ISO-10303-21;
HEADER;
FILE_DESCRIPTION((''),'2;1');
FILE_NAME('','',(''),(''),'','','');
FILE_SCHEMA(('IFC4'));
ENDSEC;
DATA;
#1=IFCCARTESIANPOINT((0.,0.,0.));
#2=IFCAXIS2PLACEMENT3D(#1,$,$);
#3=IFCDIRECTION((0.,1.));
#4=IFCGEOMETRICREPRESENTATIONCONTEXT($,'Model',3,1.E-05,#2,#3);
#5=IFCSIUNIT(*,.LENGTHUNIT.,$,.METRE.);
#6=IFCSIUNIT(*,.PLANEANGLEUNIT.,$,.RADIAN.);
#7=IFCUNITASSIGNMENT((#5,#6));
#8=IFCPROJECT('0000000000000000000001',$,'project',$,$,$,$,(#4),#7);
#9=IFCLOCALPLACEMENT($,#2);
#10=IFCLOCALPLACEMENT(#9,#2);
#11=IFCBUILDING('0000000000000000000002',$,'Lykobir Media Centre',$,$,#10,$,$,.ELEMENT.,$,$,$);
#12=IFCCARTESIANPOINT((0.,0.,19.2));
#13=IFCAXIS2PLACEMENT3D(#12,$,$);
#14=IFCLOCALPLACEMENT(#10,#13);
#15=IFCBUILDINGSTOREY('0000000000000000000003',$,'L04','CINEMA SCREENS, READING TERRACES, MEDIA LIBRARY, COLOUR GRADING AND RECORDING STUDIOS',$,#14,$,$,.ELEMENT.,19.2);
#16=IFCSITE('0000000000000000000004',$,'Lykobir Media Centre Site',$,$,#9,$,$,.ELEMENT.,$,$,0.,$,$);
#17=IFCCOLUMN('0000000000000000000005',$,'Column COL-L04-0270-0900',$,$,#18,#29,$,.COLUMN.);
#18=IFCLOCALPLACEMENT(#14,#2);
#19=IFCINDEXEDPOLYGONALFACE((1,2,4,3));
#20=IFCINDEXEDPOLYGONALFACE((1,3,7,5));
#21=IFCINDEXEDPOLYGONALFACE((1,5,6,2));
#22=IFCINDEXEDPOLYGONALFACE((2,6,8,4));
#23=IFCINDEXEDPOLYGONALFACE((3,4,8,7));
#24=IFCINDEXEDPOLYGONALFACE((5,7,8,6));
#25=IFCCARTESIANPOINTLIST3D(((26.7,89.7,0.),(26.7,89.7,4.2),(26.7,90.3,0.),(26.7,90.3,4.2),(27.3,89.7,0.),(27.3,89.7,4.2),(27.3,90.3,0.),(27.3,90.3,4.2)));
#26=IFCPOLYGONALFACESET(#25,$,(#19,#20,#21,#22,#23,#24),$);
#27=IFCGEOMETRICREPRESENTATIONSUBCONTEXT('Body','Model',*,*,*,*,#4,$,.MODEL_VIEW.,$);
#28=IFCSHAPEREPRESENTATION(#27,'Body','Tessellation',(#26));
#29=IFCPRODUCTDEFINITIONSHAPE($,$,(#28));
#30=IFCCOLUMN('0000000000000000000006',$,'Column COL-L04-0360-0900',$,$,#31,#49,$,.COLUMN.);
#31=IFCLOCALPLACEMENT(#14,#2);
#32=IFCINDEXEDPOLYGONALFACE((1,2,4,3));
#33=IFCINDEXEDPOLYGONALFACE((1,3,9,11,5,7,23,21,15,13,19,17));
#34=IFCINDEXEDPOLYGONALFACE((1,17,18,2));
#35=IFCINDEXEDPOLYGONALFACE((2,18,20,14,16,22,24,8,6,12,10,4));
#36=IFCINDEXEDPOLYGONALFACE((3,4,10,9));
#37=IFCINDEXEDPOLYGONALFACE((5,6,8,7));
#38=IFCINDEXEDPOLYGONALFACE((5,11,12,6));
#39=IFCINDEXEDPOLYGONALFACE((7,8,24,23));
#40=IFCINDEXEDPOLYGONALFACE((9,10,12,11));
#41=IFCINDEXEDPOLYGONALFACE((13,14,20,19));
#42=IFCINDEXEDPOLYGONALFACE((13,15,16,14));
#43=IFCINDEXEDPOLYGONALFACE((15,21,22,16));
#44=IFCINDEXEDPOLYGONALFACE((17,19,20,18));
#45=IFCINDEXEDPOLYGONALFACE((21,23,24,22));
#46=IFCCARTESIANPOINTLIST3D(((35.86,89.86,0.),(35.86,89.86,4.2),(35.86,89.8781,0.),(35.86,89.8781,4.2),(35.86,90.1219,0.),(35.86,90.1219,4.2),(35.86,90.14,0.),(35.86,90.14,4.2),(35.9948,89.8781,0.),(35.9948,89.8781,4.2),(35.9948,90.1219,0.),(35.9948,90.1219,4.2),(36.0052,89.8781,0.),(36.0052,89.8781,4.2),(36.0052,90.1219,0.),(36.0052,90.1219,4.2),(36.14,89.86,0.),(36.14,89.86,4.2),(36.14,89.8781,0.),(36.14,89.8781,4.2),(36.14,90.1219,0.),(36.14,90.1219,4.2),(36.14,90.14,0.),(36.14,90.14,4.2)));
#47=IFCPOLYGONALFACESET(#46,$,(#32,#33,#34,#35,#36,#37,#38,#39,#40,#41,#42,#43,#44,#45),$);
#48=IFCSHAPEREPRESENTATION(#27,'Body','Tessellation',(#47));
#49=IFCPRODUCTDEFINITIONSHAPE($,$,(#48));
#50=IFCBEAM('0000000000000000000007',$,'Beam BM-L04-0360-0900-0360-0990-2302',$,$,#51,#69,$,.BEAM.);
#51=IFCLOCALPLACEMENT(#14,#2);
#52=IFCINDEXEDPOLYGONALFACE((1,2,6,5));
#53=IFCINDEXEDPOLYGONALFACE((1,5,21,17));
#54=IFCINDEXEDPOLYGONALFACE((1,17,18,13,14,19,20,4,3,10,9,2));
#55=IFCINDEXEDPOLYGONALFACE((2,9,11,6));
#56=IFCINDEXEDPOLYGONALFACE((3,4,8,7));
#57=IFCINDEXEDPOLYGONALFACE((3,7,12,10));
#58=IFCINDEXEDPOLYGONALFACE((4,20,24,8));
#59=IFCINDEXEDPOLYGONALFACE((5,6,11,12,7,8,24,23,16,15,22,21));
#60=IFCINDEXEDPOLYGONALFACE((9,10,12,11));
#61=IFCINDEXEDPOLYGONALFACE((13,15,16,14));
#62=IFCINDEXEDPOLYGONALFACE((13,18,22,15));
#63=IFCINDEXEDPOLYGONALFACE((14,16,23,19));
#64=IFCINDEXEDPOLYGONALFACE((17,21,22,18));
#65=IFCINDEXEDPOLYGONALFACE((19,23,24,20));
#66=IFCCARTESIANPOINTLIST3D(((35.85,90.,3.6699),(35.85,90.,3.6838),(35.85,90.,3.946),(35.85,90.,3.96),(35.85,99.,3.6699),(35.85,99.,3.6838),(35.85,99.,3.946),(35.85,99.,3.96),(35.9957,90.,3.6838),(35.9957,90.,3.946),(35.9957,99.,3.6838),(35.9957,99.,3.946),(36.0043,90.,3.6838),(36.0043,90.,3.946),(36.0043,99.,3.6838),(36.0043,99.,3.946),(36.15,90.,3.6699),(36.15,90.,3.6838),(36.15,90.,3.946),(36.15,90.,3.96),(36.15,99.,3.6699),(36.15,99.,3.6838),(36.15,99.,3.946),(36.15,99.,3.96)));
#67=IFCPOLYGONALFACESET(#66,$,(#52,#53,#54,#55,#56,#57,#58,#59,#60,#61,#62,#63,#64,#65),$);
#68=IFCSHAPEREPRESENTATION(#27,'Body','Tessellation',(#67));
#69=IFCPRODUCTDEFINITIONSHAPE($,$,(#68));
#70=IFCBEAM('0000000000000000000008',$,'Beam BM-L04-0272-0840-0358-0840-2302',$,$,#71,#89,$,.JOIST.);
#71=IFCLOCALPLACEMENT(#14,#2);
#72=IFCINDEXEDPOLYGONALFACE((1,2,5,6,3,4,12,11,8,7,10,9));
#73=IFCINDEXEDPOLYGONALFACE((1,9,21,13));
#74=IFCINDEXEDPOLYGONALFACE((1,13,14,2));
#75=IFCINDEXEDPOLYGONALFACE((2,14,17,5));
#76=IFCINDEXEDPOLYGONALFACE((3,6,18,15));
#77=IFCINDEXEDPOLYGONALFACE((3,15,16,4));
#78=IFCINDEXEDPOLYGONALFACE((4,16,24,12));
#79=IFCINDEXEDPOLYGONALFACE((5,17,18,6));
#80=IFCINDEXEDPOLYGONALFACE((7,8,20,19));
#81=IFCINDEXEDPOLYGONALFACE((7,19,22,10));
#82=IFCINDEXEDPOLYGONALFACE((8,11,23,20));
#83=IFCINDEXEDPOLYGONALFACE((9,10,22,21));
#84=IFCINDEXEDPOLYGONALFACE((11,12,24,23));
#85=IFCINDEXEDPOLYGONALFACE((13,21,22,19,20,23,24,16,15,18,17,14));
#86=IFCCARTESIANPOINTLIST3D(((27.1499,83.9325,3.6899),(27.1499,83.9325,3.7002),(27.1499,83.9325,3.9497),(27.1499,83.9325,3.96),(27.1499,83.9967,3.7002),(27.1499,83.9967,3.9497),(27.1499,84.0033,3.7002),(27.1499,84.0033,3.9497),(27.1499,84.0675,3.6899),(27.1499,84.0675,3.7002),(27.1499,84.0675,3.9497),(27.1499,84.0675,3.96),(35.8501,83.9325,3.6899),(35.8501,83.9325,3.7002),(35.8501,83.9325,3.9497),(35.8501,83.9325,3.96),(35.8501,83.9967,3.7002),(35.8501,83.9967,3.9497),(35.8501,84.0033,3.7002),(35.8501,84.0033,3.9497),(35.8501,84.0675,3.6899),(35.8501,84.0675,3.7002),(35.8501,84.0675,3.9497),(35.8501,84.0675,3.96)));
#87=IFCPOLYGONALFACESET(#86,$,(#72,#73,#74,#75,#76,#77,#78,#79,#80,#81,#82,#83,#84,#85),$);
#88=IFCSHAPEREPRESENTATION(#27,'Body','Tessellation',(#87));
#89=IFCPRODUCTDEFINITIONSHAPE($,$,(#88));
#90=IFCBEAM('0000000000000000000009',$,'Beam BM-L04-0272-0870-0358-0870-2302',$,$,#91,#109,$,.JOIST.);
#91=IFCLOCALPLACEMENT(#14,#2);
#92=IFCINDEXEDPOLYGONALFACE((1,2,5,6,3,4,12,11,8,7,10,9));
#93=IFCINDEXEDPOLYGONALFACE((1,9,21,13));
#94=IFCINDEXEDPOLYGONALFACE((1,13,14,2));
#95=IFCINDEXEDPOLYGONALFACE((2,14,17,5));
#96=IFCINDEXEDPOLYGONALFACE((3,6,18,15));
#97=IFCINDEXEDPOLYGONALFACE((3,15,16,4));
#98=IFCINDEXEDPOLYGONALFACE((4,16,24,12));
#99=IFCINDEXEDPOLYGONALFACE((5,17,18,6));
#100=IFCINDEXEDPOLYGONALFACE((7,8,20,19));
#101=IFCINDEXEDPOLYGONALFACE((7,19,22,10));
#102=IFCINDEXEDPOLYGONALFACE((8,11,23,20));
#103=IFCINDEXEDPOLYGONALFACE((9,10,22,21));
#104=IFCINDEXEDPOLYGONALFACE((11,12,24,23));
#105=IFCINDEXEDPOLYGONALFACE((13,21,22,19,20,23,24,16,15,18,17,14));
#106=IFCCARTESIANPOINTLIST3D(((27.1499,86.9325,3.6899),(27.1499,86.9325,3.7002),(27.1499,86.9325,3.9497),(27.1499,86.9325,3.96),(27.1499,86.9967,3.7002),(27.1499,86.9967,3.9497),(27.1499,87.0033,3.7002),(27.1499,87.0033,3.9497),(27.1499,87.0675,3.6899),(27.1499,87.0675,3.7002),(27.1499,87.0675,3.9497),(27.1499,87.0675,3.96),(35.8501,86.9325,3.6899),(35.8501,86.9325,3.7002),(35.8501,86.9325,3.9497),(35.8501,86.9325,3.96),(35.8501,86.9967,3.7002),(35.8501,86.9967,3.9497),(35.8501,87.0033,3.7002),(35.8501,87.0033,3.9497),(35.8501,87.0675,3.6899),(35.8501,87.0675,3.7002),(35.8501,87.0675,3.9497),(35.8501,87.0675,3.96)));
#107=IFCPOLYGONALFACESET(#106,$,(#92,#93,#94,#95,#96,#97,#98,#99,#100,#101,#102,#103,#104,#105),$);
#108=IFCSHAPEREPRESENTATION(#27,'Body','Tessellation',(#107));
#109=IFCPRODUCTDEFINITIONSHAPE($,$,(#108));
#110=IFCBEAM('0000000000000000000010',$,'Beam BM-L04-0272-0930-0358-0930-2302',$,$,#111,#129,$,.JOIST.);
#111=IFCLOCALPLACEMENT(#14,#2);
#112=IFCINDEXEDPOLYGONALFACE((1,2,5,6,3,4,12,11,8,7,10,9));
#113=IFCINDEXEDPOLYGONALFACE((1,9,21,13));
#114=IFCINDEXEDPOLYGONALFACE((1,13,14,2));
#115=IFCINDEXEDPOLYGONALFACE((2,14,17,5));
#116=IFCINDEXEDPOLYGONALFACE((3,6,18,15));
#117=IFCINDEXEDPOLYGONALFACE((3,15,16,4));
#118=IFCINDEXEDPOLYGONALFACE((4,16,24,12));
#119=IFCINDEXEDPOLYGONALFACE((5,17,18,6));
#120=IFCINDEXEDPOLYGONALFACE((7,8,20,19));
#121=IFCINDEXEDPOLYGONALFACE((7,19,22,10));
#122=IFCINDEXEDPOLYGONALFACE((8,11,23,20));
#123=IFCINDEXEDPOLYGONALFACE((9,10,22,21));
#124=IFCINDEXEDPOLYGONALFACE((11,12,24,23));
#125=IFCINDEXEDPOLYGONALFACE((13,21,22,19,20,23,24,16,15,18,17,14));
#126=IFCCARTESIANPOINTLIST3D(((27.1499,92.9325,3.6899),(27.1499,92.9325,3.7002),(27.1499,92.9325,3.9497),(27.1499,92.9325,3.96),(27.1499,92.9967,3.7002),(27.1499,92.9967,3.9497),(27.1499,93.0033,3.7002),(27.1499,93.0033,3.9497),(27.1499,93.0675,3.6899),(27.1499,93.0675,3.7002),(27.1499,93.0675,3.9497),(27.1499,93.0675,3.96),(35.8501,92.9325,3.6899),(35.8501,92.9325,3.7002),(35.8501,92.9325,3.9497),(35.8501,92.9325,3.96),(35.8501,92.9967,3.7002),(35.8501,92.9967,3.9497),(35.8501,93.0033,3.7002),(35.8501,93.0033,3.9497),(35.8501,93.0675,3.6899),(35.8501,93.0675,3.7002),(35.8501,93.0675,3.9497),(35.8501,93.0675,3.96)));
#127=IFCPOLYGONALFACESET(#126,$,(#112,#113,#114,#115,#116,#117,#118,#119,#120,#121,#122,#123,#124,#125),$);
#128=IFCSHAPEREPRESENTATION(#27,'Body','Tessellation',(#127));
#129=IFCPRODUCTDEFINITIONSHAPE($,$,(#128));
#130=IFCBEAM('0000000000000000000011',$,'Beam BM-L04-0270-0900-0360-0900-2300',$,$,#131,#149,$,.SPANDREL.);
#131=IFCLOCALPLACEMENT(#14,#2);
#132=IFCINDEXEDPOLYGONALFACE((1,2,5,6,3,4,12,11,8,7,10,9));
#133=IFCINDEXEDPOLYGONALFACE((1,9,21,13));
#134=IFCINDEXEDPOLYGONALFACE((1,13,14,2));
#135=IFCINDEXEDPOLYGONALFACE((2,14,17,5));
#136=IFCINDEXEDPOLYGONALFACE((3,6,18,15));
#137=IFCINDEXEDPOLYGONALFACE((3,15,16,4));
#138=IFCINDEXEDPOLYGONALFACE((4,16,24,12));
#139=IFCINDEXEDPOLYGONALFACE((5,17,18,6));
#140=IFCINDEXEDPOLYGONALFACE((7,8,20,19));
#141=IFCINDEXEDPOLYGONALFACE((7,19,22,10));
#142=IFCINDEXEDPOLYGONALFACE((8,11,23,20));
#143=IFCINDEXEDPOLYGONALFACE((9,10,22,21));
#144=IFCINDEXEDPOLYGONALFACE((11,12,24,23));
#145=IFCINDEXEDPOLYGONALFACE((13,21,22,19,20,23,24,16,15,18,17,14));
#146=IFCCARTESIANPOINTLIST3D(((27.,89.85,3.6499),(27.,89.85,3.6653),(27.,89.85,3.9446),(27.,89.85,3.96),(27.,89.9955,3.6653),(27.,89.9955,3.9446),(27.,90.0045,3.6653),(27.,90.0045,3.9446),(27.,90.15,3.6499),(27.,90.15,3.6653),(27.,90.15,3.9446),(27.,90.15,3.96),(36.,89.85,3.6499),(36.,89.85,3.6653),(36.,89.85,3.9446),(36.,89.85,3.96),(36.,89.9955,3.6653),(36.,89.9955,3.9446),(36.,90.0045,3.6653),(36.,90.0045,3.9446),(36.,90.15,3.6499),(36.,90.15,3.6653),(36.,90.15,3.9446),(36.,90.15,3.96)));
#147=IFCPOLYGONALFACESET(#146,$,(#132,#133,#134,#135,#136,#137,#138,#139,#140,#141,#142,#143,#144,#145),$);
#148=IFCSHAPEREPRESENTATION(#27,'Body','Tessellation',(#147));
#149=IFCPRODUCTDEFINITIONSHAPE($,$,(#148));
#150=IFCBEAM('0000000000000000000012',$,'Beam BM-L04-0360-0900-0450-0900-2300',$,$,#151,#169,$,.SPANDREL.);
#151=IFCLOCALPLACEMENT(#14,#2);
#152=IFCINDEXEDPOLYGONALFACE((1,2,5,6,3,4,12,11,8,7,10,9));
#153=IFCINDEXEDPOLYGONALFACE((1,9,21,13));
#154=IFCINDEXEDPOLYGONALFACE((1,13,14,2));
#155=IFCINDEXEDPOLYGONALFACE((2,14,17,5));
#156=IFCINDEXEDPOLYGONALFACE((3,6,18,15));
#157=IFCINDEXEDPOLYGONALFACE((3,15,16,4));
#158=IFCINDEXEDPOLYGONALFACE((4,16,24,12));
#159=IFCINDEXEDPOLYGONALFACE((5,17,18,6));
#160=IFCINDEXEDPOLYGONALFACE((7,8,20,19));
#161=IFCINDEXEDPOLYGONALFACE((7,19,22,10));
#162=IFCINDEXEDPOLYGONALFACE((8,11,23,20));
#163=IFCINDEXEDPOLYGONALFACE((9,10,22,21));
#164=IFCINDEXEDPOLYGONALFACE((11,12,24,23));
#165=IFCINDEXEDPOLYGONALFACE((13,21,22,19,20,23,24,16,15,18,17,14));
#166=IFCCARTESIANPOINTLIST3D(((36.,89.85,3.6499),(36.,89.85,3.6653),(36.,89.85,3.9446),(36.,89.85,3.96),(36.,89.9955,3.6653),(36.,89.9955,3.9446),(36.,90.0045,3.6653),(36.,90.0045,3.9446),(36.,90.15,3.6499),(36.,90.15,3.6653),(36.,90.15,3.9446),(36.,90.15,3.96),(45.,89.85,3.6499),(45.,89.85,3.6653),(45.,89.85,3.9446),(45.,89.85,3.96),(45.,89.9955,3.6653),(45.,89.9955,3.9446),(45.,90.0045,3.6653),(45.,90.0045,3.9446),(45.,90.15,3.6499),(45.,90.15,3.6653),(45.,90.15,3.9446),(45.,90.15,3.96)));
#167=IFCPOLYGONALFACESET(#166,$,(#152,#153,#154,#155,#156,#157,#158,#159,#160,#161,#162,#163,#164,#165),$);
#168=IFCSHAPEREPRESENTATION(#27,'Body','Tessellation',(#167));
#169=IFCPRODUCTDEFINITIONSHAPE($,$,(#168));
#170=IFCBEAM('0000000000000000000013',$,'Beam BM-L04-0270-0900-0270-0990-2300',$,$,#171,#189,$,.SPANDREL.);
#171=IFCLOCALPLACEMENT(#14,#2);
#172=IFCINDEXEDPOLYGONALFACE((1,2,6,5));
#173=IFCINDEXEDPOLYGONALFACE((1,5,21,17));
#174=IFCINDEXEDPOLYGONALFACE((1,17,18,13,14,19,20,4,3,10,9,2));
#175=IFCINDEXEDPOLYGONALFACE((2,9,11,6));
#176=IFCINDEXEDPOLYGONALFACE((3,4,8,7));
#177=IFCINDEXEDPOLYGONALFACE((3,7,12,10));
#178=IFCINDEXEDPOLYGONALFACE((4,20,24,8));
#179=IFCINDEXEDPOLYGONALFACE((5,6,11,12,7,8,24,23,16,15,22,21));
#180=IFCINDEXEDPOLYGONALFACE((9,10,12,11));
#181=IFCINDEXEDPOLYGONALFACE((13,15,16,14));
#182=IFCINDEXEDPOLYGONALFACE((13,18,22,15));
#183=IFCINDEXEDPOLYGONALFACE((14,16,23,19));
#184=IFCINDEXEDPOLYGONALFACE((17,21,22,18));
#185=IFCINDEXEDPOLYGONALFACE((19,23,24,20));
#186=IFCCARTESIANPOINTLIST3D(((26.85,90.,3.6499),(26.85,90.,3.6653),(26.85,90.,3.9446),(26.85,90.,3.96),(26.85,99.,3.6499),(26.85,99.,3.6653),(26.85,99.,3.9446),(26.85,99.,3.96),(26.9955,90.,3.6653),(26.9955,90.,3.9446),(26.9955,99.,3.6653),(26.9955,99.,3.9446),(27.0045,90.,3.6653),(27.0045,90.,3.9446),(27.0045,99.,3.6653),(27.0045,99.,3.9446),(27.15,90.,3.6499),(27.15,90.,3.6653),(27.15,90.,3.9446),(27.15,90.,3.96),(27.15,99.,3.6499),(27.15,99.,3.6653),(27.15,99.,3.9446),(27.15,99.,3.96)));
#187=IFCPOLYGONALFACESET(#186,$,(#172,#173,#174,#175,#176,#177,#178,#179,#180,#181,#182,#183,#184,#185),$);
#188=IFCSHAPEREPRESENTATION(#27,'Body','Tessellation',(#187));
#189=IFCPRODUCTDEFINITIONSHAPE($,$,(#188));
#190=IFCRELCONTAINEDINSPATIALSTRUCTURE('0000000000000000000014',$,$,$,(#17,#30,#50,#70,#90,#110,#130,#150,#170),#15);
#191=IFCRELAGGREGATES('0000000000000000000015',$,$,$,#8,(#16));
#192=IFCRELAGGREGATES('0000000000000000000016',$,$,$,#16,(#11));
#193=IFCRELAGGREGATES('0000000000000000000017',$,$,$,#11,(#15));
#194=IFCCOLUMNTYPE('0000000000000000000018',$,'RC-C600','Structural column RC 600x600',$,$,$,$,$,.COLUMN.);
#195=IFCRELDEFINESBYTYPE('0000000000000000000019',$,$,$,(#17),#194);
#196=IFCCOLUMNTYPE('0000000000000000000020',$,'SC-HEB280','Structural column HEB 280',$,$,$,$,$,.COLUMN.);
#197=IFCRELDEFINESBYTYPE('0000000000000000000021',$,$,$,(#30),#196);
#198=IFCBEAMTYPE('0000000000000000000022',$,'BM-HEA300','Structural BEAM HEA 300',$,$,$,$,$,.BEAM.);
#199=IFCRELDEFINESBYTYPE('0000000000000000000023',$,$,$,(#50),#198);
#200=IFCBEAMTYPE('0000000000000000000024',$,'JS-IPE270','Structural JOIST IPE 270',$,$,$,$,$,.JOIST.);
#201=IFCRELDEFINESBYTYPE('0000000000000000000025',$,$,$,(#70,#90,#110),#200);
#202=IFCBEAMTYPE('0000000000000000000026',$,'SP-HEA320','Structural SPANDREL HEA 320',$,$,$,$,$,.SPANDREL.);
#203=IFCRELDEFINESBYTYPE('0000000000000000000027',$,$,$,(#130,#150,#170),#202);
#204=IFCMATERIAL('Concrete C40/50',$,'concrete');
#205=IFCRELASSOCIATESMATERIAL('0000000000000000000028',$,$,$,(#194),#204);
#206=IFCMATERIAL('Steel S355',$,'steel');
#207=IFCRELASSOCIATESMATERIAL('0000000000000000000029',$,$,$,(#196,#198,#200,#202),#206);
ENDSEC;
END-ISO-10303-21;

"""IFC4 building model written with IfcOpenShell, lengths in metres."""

from ifc_helpers import new_model, si_unit, direction, frame, origin, origin_2d, place, context, subcontext, project, spatial, rectangle, i_section, extrude, material, material_profile, profile_set, type_object, element, save


model = new_model("IFC4")

# Units and contexts
model_context = context("Model", 3, precision=1e-05, world=origin(), true_north=direction((0.0, 1.0)))
body_context = subcontext(model_context, "Body", "Model", "MODEL_VIEW")
ifc_project = project(units=[si_unit("LENGTHUNIT", "METRE"), si_unit("PLANEANGLEUNIT", "RADIAN")], contexts=[model_context])

# Site, building, storey
site_placement = place(None, origin())
site = spatial("IfcSite", under=ifc_project, at=site_placement, Name="Lykobir Media Centre Site", CompositionType="ELEMENT", RefElevation=0.0)
building_placement = place(site_placement, origin())
building = spatial("IfcBuilding", under=site, at=building_placement, Name="Lykobir Media Centre", CompositionType="ELEMENT")
storey_placement = place(building_placement, frame((0.0, 0.0, 19.2)))
storey = spatial("IfcBuildingStorey", under=building, at=storey_placement, Name="L04", Description="CINEMA SCREENS, READING TERRACES, MEDIA LIBRARY, COLOUR GRADING AND RECORDING STUDIOS", CompositionType="ELEMENT", Elevation=19.2)

# Columns
ifc_material_1 = material(Name="Concrete C40/50", Category="concrete")
ifc_material_profile_1 = material_profile(ifc_material_1, rectangle(XDim=0.6001, YDim=0.6001, at=origin_2d()), Name="RC 600x600")
ifc_profile_set_1 = profile_set([ifc_material_profile_1], Name="Concrete C40/50")
column_type_1 = type_object("IfcColumnType", Name="RC-C600", Description="Structural column RC 600x600", PredefinedType="COLUMN", material=ifc_profile_set_1)
column_1_placement = place(storey_placement, frame((27.0, 90.0, 0.0), z_axis=(0.0, 0.0, 1.0), x_axis=(1.0, 0.0, 0.0)))
element("IfcColumn", 1, at=column_1_placement, inside=storey, type_object=column_type_1, Name="Column COL-L04-0270-0900", PredefinedType="COLUMN", context=body_context, shape_type="SweptSolid", body=[
    extrude(rectangle(XDim=0.6001, YDim=0.6001, at=origin_2d()), origin(), (0.0, 0.0, 1.0), 4.2),
])
ifc_material_2 = material(Name="Steel S355", Category="steel")
ifc_material_profile_2 = material_profile(ifc_material_2, i_section(OverallWidth=0.28, OverallDepth=0.28, WebThickness=0.0105, FlangeThickness=0.0181, at=origin_2d()), Name="HEB 280")
ifc_profile_set_2 = profile_set([ifc_material_profile_2], Name="Steel S355")
column_type_2 = type_object("IfcColumnType", Name="SC-HEB280", Description="Structural column HEB 280", PredefinedType="COLUMN", material=ifc_profile_set_2)
column_2_placement = place(storey_placement, frame((36.0, 90.0, 0.0), z_axis=(0.0, 0.0, 1.0), x_axis=(1.0, 0.0, 0.0)))
element("IfcColumn", 2, at=column_2_placement, inside=storey, type_object=column_type_2, Name="Column COL-L04-0360-0900", PredefinedType="COLUMN", context=body_context, shape_type="SweptSolid", body=[
    extrude(i_section(OverallWidth=0.28, OverallDepth=0.28, WebThickness=0.0105, FlangeThickness=0.0181, at=origin_2d()), origin(), (0.0, 0.0, 1.0), 4.2),
])

# Beams
ifc_material_profile_3 = material_profile(ifc_material_2, i_section(OverallWidth=0.3, OverallDepth=0.29, WebThickness=0.0085, FlangeThickness=0.0139, at=origin_2d()), Name="HEA 300")
ifc_profile_set_3 = profile_set([ifc_material_profile_3], Name="Steel S355")
beam_type_1 = type_object("IfcBeamType", Name="BM-HEA300", Description="Structural BEAM HEA 300", PredefinedType="BEAM", material=ifc_profile_set_3)
beam_placement = place(storey_placement, frame((36.0, 90.0, 3.8149), z_axis=(0.0, 1.0, 0.0), x_axis=(-1.0, 0.0, 0.0)))
element("IfcBeam", 3, at=beam_placement, inside=storey, type_object=beam_type_1, Name="Beam BM-L04-0360-0900-0360-0990-2302", PredefinedType="BEAM", context=body_context, shape_type="SweptSolid", body=[
    extrude(i_section(OverallWidth=0.3, OverallDepth=0.29, WebThickness=0.0085, FlangeThickness=0.0139, at=origin_2d()), origin(), (0.0, 0.0, 1.0), 9.0),
])
ifc_material_profile_4 = material_profile(ifc_material_2, i_section(OverallWidth=0.135, OverallDepth=0.27, WebThickness=0.0066, FlangeThickness=0.0103, at=origin_2d()), Name="IPE 270")
ifc_profile_set_4 = profile_set([ifc_material_profile_4], Name="Steel S355")
beam_type_2 = type_object("IfcBeamType", Name="JS-IPE270", Description="Structural JOIST IPE 270", PredefinedType="JOIST", material=ifc_profile_set_4)
for number, where, z_axis, x_axis, name in (
    (4, (27.1499, 84.0, 3.825), (1.0, 0.0, 0.0), (0.0, 1.0, 0.0), "Beam BM-L04-0272-0840-0358-0840-2302"),
    (5, (27.1499, 87.0, 3.825), (1.0, 0.0, 0.0), (0.0, 1.0, 0.0), "Beam BM-L04-0272-0870-0358-0870-2302"),
    (6, (27.1499, 93.0, 3.825), (1.0, 0.0, 0.0), (0.0, 1.0, 0.0), "Beam BM-L04-0272-0930-0358-0930-2302"),
):
    element("IfcBeam", number, at=place(storey_placement, frame(where, z_axis=z_axis, x_axis=x_axis)), inside=storey, type_object=beam_type_2, Name=name, PredefinedType="JOIST", context=body_context, shape_type="SweptSolid", body=[
        extrude(i_section(OverallWidth=0.135, OverallDepth=0.27, WebThickness=0.0066, FlangeThickness=0.0103, at=origin_2d()), origin(), (0.0, 0.0, 1.0), 8.7002),
    ])
ifc_material_profile_5 = material_profile(ifc_material_2, i_section(OverallWidth=0.3, OverallDepth=0.3101, WebThickness=0.009, FlangeThickness=0.0154, at=origin_2d()), Name="HEA 320")
ifc_profile_set_5 = profile_set([ifc_material_profile_5], Name="Steel S355")
beam_type_3 = type_object("IfcBeamType", Name="SP-HEA320", Description="Structural SPANDREL HEA 320", PredefinedType="SPANDREL", material=ifc_profile_set_5)
for number, where, z_axis, x_axis, name in (
    (7, (27.0, 90.0, 3.8049), (1.0, 0.0, 0.0), (0.0, 1.0, 0.0), "Beam BM-L04-0270-0900-0360-0900-2300"),
    (8, (36.0, 90.0, 3.8049), (1.0, 0.0, 0.0), (0.0, 1.0, 0.0), "Beam BM-L04-0360-0900-0450-0900-2300"),
    (9, (27.0, 90.0, 3.8049), (0.0, 1.0, 0.0), (-1.0, 0.0, 0.0), "Beam BM-L04-0270-0900-0270-0990-2300"),
):
    element("IfcBeam", number, at=place(storey_placement, frame(where, z_axis=z_axis, x_axis=x_axis)), inside=storey, type_object=beam_type_3, Name=name, PredefinedType="SPANDREL", context=body_context, shape_type="SweptSolid", body=[
        extrude(i_section(OverallWidth=0.3, OverallDepth=0.3101, WebThickness=0.009, FlangeThickness=0.0154, at=origin_2d()), origin(), (0.0, 0.0, 1.0), 9.0),
    ])

save(model, "model.ifc")
